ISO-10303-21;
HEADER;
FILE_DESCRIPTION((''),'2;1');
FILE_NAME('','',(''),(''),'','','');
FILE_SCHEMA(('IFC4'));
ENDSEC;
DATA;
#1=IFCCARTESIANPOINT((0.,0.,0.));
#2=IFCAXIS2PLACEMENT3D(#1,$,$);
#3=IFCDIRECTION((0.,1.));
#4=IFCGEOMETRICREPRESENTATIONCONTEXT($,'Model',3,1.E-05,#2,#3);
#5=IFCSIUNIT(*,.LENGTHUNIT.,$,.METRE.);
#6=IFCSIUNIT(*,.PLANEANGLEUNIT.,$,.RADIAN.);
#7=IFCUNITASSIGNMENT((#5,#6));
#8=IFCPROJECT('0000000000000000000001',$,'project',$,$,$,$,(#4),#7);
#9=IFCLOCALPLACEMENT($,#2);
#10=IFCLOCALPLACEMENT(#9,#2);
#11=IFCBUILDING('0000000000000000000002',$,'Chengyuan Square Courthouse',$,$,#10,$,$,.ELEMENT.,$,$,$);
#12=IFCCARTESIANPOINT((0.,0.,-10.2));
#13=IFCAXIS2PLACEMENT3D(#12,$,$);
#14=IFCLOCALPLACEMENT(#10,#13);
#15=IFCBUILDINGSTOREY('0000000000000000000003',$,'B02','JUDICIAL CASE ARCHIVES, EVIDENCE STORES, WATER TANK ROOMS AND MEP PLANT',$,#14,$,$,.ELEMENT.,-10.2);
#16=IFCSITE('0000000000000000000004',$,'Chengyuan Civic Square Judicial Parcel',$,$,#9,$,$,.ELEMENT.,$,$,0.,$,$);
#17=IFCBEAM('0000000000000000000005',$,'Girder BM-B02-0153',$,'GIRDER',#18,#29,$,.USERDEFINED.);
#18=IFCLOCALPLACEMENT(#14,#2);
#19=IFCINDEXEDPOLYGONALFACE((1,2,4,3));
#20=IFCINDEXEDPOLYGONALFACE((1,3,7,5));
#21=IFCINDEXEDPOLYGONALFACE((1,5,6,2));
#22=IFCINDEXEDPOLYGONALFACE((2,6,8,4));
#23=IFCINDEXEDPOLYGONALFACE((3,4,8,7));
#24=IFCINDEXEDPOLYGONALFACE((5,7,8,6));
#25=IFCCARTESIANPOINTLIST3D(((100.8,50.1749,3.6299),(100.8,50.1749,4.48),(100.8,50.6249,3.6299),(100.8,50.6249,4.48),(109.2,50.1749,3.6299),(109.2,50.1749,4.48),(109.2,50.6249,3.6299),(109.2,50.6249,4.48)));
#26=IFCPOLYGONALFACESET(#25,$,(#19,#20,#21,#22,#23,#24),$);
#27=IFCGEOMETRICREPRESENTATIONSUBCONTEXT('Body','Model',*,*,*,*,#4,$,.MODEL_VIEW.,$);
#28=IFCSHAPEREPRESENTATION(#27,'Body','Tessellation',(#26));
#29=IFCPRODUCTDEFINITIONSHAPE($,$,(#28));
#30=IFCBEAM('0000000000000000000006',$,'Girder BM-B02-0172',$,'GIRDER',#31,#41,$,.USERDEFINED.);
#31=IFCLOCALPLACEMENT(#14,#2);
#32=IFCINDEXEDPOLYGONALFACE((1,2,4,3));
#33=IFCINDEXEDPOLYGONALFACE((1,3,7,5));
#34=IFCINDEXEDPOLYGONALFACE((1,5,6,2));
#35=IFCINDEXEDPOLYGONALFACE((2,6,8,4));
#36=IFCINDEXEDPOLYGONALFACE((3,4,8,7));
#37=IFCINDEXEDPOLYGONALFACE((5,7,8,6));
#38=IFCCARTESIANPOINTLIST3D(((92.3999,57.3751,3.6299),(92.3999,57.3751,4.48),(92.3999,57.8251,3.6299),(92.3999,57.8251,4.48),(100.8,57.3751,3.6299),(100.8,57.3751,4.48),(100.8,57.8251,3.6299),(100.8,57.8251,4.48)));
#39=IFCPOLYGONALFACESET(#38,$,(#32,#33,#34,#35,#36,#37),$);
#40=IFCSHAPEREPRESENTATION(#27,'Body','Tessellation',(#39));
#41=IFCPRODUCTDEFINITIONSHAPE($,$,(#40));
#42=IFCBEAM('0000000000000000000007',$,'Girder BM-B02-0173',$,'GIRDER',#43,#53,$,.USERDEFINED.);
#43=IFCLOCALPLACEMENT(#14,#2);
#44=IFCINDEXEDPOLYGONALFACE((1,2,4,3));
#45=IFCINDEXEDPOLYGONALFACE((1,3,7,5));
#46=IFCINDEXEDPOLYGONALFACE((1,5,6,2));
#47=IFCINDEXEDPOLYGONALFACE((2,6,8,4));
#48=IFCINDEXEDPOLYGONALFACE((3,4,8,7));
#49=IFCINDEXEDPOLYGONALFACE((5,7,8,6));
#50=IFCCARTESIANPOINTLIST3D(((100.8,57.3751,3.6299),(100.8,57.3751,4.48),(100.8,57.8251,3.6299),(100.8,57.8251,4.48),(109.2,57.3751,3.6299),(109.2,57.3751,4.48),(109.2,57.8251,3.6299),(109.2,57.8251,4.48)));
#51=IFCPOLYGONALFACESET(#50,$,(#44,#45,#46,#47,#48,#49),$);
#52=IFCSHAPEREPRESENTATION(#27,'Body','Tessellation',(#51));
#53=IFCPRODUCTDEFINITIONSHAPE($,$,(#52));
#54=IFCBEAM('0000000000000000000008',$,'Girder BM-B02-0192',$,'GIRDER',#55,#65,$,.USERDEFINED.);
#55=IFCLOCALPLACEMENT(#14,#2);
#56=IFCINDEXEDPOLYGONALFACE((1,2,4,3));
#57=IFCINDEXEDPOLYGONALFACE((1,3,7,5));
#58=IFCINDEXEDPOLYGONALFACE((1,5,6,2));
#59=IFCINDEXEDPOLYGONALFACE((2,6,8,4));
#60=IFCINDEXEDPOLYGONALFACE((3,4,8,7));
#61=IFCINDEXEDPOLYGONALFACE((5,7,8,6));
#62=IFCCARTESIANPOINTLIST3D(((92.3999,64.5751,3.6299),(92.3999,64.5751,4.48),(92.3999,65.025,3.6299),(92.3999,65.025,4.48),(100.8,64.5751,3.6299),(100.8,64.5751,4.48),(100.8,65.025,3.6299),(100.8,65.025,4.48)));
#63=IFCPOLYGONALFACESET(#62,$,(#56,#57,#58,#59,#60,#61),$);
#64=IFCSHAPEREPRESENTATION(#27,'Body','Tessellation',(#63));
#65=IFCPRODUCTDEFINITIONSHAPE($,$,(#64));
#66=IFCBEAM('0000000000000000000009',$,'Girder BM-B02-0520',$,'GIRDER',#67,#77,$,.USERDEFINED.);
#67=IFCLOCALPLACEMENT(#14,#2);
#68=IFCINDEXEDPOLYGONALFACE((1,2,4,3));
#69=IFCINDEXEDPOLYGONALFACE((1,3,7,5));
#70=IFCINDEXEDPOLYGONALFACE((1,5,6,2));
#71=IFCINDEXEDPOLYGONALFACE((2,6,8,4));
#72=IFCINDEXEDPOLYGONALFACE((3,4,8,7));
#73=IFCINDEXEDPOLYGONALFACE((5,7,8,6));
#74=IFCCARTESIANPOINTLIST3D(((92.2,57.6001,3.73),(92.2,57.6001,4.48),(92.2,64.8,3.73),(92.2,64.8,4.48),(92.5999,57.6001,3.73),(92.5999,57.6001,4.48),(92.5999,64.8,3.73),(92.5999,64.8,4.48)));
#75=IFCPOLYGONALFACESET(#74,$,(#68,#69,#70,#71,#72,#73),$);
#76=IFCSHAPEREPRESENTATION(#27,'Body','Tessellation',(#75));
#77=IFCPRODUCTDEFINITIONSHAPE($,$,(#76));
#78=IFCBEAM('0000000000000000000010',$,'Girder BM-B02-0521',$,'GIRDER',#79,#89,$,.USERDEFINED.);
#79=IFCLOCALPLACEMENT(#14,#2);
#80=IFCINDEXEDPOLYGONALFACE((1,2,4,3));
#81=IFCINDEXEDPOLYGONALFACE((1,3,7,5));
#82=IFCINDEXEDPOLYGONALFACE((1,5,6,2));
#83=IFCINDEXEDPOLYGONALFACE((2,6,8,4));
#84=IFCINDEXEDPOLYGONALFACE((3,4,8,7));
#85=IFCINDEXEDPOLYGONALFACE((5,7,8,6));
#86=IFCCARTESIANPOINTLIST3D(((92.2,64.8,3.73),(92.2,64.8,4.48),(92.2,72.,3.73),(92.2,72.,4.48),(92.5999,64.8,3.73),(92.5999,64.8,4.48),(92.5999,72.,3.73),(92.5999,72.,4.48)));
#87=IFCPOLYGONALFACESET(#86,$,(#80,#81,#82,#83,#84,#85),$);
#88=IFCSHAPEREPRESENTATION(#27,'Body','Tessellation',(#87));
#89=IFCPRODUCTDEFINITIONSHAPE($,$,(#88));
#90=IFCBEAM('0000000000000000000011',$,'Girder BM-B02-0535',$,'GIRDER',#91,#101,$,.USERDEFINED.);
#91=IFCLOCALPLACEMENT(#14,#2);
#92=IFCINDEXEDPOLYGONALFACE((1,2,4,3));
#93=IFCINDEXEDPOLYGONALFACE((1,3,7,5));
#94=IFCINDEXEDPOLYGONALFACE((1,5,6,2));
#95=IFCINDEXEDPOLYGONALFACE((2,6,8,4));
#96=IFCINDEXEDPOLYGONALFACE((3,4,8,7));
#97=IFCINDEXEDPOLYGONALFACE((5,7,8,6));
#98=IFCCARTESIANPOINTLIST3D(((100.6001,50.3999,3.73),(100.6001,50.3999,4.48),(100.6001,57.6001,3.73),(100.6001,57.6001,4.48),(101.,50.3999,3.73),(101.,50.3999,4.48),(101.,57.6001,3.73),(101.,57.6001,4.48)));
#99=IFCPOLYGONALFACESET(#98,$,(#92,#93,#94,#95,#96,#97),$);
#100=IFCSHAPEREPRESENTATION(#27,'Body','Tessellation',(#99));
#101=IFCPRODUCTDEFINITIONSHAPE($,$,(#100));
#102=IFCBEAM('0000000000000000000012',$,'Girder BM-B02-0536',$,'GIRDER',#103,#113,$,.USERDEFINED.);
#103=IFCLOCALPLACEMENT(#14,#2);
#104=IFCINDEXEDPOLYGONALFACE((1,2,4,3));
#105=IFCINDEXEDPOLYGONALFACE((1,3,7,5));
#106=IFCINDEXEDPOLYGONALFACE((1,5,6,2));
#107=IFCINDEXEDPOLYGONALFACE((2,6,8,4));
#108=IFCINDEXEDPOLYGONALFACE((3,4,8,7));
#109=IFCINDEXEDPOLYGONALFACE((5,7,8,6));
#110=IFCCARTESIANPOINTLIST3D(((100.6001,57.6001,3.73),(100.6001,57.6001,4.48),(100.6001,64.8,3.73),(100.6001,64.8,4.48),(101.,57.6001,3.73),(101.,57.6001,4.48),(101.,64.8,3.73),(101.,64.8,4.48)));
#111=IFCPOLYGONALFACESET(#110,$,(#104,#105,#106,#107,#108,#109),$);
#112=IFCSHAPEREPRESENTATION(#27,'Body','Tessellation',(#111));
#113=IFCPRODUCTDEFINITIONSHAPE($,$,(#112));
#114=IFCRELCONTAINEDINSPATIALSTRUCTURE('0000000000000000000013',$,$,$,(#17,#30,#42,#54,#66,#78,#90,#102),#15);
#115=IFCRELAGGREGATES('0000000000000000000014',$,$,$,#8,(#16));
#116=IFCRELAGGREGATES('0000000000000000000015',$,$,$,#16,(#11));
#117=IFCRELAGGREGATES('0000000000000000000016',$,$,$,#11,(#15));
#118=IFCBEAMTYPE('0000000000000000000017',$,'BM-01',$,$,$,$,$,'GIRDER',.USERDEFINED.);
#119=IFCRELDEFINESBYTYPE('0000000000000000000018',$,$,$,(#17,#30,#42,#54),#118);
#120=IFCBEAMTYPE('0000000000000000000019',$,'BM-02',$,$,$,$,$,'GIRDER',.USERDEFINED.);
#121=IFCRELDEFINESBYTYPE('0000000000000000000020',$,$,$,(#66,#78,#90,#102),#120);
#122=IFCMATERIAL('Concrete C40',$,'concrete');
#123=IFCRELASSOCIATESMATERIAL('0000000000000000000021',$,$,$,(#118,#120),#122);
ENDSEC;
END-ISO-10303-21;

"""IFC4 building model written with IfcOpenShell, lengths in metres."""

from ifc_helpers import new_model, si_unit, direction, frame, origin, origin_2d, place, context, subcontext, project, spatial, rectangle, extrude, material, material_profile, profile_set, type_object, element, save


model = new_model("IFC4")

# Units and contexts
model_context = context("Model", 3, precision=1e-05, world=origin(), true_north=direction((0.0, 1.0)))
body_context = subcontext(model_context, "Body", "Model", "MODEL_VIEW")
ifc_project = project(units=[si_unit("LENGTHUNIT", "METRE"), si_unit("PLANEANGLEUNIT", "RADIAN")], contexts=[model_context])

# Site, building, storey
site_placement = place(None, origin())
site = spatial("IfcSite", under=ifc_project, at=site_placement, Name="Chengyuan Civic Square Judicial Parcel", CompositionType="ELEMENT", RefElevation=0.0)
building_placement = place(site_placement, origin())
building = spatial("IfcBuilding", under=site, at=building_placement, Name="Chengyuan Square Courthouse", CompositionType="ELEMENT")
storey_placement = place(building_placement, frame((0.0, 0.0, -10.2)))
storey = spatial("IfcBuildingStorey", under=building, at=storey_placement, Name="B02", Description="JUDICIAL CASE ARCHIVES, EVIDENCE STORES, WATER TANK ROOMS AND MEP PLANT", CompositionType="ELEMENT", Elevation=-10.2)

# Shared definitions
ifc_material_1 = material(Name="Concrete C40", Category="concrete")

# Beams
ifc_material_profile_1 = material_profile(ifc_material_1, rectangle(XDim=0.45, YDim=0.8501, at=origin_2d()), Name="RC-BM-450x850")
ifc_profile_set_1 = profile_set([ifc_material_profile_1], Name="Concrete C40")
beam_type_1 = type_object("IfcBeamType", Name="BM-01", ElementType="GIRDER", PredefinedType="USERDEFINED", material=ifc_profile_set_1)
beam_1_placement = place(storey_placement, frame((100.8, 50.3999, 4.0549), z_axis=(1.0, 0.0, 0.0), x_axis=(0.0, 1.0, 0.0)))
element("IfcBeam", 1, at=beam_1_placement, inside=storey, type_object=beam_type_1, Name="Girder BM-B02-0153", ObjectType="GIRDER", PredefinedType="USERDEFINED", context=body_context, shape_type="SweptSolid", body=[
    extrude(rectangle(XDim=0.45, YDim=0.8501, at=origin_2d()), origin(), (0.0, 0.0, 1.0), 8.3999),
])
beam_2_placement = place(storey_placement, frame((92.3999, 57.6001, 4.0549), z_axis=(1.0, 0.0, 0.0), x_axis=(0.0, 1.0, 0.0)))
element("IfcBeam", 2, at=beam_2_placement, inside=storey, type_object=beam_type_1, Name="Girder BM-B02-0172", ObjectType="GIRDER", PredefinedType="USERDEFINED", context=body_context, shape_type="SweptSolid", body=[
    extrude(rectangle(XDim=0.45, YDim=0.8501, at=origin_2d()), origin(), (0.0, 0.0, 1.0), 8.4001),
])
beam_3_placement = place(storey_placement, frame((100.8, 57.6001, 4.0549), z_axis=(1.0, 0.0, 0.0), x_axis=(0.0, 1.0, 0.0)))
element("IfcBeam", 3, at=beam_3_placement, inside=storey, type_object=beam_type_1, Name="Girder BM-B02-0173", ObjectType="GIRDER", PredefinedType="USERDEFINED", context=body_context, shape_type="SweptSolid", body=[
    extrude(rectangle(XDim=0.45, YDim=0.8501, at=origin_2d()), origin(), (0.0, 0.0, 1.0), 8.3999),
])
beam_4_placement = place(storey_placement, frame((92.3999, 64.8, 4.0549), z_axis=(1.0, 0.0, 0.0), x_axis=(0.0, 1.0, 0.0)))
element("IfcBeam", 4, at=beam_4_placement, inside=storey, type_object=beam_type_1, Name="Girder BM-B02-0192", ObjectType="GIRDER", PredefinedType="USERDEFINED", context=body_context, shape_type="SweptSolid", body=[
    extrude(rectangle(XDim=0.45, YDim=0.8501, at=origin_2d()), origin(), (0.0, 0.0, 1.0), 8.4001),
])
ifc_material_profile_2 = material_profile(ifc_material_1, rectangle(XDim=0.3999, YDim=0.75, at=origin_2d()), Name="RC-BM-400x750")
ifc_profile_set_2 = profile_set([ifc_material_profile_2], Name="Concrete C40")
beam_type_2 = type_object("IfcBeamType", Name="BM-02", ElementType="GIRDER", PredefinedType="USERDEFINED", material=ifc_profile_set_2)
for number, where, z_axis, x_axis, name in (
    (5, (92.3999, 57.6001, 4.105), (0.0, 1.0, 0.0), (-1.0, 0.0, 0.0), "Girder BM-B02-0520"),
    (6, (92.3999, 64.8, 4.105), (0.0, 1.0, 0.0), (-1.0, 0.0, 0.0), "Girder BM-B02-0521"),
):
    element("IfcBeam", number, at=place(storey_placement, frame(where, z_axis=z_axis, x_axis=x_axis)), inside=storey, type_object=beam_type_2, Name=name, ObjectType="GIRDER", PredefinedType="USERDEFINED", context=body_context, shape_type="SweptSolid", body=[
        extrude(rectangle(XDim=0.3999, YDim=0.75, at=origin_2d()), origin(), (0.0, 0.0, 1.0), 7.2),
    ])
beam_5_placement = place(storey_placement, frame((100.8, 50.3999, 4.105), z_axis=(0.0, 1.0, 0.0), x_axis=(-1.0, 0.0, 0.0)))
element("IfcBeam", 7, at=beam_5_placement, inside=storey, type_object=beam_type_2, Name="Girder BM-B02-0535", ObjectType="GIRDER", PredefinedType="USERDEFINED", context=body_context, shape_type="SweptSolid", body=[
    extrude(rectangle(XDim=0.3999, YDim=0.75, at=origin_2d()), origin(), (0.0, 0.0, 1.0), 7.2002),
])
beam_6_placement = place(storey_placement, frame((100.8, 57.6001, 4.105), z_axis=(0.0, 1.0, 0.0), x_axis=(-1.0, 0.0, 0.0)))
element("IfcBeam", 8, at=beam_6_placement, inside=storey, type_object=beam_type_2, Name="Girder BM-B02-0536", ObjectType="GIRDER", PredefinedType="USERDEFINED", context=body_context, shape_type="SweptSolid", body=[
    extrude(rectangle(XDim=0.3999, YDim=0.75, at=origin_2d()), origin(), (0.0, 0.0, 1.0), 7.2),
])

save(model, "model.ifc")
